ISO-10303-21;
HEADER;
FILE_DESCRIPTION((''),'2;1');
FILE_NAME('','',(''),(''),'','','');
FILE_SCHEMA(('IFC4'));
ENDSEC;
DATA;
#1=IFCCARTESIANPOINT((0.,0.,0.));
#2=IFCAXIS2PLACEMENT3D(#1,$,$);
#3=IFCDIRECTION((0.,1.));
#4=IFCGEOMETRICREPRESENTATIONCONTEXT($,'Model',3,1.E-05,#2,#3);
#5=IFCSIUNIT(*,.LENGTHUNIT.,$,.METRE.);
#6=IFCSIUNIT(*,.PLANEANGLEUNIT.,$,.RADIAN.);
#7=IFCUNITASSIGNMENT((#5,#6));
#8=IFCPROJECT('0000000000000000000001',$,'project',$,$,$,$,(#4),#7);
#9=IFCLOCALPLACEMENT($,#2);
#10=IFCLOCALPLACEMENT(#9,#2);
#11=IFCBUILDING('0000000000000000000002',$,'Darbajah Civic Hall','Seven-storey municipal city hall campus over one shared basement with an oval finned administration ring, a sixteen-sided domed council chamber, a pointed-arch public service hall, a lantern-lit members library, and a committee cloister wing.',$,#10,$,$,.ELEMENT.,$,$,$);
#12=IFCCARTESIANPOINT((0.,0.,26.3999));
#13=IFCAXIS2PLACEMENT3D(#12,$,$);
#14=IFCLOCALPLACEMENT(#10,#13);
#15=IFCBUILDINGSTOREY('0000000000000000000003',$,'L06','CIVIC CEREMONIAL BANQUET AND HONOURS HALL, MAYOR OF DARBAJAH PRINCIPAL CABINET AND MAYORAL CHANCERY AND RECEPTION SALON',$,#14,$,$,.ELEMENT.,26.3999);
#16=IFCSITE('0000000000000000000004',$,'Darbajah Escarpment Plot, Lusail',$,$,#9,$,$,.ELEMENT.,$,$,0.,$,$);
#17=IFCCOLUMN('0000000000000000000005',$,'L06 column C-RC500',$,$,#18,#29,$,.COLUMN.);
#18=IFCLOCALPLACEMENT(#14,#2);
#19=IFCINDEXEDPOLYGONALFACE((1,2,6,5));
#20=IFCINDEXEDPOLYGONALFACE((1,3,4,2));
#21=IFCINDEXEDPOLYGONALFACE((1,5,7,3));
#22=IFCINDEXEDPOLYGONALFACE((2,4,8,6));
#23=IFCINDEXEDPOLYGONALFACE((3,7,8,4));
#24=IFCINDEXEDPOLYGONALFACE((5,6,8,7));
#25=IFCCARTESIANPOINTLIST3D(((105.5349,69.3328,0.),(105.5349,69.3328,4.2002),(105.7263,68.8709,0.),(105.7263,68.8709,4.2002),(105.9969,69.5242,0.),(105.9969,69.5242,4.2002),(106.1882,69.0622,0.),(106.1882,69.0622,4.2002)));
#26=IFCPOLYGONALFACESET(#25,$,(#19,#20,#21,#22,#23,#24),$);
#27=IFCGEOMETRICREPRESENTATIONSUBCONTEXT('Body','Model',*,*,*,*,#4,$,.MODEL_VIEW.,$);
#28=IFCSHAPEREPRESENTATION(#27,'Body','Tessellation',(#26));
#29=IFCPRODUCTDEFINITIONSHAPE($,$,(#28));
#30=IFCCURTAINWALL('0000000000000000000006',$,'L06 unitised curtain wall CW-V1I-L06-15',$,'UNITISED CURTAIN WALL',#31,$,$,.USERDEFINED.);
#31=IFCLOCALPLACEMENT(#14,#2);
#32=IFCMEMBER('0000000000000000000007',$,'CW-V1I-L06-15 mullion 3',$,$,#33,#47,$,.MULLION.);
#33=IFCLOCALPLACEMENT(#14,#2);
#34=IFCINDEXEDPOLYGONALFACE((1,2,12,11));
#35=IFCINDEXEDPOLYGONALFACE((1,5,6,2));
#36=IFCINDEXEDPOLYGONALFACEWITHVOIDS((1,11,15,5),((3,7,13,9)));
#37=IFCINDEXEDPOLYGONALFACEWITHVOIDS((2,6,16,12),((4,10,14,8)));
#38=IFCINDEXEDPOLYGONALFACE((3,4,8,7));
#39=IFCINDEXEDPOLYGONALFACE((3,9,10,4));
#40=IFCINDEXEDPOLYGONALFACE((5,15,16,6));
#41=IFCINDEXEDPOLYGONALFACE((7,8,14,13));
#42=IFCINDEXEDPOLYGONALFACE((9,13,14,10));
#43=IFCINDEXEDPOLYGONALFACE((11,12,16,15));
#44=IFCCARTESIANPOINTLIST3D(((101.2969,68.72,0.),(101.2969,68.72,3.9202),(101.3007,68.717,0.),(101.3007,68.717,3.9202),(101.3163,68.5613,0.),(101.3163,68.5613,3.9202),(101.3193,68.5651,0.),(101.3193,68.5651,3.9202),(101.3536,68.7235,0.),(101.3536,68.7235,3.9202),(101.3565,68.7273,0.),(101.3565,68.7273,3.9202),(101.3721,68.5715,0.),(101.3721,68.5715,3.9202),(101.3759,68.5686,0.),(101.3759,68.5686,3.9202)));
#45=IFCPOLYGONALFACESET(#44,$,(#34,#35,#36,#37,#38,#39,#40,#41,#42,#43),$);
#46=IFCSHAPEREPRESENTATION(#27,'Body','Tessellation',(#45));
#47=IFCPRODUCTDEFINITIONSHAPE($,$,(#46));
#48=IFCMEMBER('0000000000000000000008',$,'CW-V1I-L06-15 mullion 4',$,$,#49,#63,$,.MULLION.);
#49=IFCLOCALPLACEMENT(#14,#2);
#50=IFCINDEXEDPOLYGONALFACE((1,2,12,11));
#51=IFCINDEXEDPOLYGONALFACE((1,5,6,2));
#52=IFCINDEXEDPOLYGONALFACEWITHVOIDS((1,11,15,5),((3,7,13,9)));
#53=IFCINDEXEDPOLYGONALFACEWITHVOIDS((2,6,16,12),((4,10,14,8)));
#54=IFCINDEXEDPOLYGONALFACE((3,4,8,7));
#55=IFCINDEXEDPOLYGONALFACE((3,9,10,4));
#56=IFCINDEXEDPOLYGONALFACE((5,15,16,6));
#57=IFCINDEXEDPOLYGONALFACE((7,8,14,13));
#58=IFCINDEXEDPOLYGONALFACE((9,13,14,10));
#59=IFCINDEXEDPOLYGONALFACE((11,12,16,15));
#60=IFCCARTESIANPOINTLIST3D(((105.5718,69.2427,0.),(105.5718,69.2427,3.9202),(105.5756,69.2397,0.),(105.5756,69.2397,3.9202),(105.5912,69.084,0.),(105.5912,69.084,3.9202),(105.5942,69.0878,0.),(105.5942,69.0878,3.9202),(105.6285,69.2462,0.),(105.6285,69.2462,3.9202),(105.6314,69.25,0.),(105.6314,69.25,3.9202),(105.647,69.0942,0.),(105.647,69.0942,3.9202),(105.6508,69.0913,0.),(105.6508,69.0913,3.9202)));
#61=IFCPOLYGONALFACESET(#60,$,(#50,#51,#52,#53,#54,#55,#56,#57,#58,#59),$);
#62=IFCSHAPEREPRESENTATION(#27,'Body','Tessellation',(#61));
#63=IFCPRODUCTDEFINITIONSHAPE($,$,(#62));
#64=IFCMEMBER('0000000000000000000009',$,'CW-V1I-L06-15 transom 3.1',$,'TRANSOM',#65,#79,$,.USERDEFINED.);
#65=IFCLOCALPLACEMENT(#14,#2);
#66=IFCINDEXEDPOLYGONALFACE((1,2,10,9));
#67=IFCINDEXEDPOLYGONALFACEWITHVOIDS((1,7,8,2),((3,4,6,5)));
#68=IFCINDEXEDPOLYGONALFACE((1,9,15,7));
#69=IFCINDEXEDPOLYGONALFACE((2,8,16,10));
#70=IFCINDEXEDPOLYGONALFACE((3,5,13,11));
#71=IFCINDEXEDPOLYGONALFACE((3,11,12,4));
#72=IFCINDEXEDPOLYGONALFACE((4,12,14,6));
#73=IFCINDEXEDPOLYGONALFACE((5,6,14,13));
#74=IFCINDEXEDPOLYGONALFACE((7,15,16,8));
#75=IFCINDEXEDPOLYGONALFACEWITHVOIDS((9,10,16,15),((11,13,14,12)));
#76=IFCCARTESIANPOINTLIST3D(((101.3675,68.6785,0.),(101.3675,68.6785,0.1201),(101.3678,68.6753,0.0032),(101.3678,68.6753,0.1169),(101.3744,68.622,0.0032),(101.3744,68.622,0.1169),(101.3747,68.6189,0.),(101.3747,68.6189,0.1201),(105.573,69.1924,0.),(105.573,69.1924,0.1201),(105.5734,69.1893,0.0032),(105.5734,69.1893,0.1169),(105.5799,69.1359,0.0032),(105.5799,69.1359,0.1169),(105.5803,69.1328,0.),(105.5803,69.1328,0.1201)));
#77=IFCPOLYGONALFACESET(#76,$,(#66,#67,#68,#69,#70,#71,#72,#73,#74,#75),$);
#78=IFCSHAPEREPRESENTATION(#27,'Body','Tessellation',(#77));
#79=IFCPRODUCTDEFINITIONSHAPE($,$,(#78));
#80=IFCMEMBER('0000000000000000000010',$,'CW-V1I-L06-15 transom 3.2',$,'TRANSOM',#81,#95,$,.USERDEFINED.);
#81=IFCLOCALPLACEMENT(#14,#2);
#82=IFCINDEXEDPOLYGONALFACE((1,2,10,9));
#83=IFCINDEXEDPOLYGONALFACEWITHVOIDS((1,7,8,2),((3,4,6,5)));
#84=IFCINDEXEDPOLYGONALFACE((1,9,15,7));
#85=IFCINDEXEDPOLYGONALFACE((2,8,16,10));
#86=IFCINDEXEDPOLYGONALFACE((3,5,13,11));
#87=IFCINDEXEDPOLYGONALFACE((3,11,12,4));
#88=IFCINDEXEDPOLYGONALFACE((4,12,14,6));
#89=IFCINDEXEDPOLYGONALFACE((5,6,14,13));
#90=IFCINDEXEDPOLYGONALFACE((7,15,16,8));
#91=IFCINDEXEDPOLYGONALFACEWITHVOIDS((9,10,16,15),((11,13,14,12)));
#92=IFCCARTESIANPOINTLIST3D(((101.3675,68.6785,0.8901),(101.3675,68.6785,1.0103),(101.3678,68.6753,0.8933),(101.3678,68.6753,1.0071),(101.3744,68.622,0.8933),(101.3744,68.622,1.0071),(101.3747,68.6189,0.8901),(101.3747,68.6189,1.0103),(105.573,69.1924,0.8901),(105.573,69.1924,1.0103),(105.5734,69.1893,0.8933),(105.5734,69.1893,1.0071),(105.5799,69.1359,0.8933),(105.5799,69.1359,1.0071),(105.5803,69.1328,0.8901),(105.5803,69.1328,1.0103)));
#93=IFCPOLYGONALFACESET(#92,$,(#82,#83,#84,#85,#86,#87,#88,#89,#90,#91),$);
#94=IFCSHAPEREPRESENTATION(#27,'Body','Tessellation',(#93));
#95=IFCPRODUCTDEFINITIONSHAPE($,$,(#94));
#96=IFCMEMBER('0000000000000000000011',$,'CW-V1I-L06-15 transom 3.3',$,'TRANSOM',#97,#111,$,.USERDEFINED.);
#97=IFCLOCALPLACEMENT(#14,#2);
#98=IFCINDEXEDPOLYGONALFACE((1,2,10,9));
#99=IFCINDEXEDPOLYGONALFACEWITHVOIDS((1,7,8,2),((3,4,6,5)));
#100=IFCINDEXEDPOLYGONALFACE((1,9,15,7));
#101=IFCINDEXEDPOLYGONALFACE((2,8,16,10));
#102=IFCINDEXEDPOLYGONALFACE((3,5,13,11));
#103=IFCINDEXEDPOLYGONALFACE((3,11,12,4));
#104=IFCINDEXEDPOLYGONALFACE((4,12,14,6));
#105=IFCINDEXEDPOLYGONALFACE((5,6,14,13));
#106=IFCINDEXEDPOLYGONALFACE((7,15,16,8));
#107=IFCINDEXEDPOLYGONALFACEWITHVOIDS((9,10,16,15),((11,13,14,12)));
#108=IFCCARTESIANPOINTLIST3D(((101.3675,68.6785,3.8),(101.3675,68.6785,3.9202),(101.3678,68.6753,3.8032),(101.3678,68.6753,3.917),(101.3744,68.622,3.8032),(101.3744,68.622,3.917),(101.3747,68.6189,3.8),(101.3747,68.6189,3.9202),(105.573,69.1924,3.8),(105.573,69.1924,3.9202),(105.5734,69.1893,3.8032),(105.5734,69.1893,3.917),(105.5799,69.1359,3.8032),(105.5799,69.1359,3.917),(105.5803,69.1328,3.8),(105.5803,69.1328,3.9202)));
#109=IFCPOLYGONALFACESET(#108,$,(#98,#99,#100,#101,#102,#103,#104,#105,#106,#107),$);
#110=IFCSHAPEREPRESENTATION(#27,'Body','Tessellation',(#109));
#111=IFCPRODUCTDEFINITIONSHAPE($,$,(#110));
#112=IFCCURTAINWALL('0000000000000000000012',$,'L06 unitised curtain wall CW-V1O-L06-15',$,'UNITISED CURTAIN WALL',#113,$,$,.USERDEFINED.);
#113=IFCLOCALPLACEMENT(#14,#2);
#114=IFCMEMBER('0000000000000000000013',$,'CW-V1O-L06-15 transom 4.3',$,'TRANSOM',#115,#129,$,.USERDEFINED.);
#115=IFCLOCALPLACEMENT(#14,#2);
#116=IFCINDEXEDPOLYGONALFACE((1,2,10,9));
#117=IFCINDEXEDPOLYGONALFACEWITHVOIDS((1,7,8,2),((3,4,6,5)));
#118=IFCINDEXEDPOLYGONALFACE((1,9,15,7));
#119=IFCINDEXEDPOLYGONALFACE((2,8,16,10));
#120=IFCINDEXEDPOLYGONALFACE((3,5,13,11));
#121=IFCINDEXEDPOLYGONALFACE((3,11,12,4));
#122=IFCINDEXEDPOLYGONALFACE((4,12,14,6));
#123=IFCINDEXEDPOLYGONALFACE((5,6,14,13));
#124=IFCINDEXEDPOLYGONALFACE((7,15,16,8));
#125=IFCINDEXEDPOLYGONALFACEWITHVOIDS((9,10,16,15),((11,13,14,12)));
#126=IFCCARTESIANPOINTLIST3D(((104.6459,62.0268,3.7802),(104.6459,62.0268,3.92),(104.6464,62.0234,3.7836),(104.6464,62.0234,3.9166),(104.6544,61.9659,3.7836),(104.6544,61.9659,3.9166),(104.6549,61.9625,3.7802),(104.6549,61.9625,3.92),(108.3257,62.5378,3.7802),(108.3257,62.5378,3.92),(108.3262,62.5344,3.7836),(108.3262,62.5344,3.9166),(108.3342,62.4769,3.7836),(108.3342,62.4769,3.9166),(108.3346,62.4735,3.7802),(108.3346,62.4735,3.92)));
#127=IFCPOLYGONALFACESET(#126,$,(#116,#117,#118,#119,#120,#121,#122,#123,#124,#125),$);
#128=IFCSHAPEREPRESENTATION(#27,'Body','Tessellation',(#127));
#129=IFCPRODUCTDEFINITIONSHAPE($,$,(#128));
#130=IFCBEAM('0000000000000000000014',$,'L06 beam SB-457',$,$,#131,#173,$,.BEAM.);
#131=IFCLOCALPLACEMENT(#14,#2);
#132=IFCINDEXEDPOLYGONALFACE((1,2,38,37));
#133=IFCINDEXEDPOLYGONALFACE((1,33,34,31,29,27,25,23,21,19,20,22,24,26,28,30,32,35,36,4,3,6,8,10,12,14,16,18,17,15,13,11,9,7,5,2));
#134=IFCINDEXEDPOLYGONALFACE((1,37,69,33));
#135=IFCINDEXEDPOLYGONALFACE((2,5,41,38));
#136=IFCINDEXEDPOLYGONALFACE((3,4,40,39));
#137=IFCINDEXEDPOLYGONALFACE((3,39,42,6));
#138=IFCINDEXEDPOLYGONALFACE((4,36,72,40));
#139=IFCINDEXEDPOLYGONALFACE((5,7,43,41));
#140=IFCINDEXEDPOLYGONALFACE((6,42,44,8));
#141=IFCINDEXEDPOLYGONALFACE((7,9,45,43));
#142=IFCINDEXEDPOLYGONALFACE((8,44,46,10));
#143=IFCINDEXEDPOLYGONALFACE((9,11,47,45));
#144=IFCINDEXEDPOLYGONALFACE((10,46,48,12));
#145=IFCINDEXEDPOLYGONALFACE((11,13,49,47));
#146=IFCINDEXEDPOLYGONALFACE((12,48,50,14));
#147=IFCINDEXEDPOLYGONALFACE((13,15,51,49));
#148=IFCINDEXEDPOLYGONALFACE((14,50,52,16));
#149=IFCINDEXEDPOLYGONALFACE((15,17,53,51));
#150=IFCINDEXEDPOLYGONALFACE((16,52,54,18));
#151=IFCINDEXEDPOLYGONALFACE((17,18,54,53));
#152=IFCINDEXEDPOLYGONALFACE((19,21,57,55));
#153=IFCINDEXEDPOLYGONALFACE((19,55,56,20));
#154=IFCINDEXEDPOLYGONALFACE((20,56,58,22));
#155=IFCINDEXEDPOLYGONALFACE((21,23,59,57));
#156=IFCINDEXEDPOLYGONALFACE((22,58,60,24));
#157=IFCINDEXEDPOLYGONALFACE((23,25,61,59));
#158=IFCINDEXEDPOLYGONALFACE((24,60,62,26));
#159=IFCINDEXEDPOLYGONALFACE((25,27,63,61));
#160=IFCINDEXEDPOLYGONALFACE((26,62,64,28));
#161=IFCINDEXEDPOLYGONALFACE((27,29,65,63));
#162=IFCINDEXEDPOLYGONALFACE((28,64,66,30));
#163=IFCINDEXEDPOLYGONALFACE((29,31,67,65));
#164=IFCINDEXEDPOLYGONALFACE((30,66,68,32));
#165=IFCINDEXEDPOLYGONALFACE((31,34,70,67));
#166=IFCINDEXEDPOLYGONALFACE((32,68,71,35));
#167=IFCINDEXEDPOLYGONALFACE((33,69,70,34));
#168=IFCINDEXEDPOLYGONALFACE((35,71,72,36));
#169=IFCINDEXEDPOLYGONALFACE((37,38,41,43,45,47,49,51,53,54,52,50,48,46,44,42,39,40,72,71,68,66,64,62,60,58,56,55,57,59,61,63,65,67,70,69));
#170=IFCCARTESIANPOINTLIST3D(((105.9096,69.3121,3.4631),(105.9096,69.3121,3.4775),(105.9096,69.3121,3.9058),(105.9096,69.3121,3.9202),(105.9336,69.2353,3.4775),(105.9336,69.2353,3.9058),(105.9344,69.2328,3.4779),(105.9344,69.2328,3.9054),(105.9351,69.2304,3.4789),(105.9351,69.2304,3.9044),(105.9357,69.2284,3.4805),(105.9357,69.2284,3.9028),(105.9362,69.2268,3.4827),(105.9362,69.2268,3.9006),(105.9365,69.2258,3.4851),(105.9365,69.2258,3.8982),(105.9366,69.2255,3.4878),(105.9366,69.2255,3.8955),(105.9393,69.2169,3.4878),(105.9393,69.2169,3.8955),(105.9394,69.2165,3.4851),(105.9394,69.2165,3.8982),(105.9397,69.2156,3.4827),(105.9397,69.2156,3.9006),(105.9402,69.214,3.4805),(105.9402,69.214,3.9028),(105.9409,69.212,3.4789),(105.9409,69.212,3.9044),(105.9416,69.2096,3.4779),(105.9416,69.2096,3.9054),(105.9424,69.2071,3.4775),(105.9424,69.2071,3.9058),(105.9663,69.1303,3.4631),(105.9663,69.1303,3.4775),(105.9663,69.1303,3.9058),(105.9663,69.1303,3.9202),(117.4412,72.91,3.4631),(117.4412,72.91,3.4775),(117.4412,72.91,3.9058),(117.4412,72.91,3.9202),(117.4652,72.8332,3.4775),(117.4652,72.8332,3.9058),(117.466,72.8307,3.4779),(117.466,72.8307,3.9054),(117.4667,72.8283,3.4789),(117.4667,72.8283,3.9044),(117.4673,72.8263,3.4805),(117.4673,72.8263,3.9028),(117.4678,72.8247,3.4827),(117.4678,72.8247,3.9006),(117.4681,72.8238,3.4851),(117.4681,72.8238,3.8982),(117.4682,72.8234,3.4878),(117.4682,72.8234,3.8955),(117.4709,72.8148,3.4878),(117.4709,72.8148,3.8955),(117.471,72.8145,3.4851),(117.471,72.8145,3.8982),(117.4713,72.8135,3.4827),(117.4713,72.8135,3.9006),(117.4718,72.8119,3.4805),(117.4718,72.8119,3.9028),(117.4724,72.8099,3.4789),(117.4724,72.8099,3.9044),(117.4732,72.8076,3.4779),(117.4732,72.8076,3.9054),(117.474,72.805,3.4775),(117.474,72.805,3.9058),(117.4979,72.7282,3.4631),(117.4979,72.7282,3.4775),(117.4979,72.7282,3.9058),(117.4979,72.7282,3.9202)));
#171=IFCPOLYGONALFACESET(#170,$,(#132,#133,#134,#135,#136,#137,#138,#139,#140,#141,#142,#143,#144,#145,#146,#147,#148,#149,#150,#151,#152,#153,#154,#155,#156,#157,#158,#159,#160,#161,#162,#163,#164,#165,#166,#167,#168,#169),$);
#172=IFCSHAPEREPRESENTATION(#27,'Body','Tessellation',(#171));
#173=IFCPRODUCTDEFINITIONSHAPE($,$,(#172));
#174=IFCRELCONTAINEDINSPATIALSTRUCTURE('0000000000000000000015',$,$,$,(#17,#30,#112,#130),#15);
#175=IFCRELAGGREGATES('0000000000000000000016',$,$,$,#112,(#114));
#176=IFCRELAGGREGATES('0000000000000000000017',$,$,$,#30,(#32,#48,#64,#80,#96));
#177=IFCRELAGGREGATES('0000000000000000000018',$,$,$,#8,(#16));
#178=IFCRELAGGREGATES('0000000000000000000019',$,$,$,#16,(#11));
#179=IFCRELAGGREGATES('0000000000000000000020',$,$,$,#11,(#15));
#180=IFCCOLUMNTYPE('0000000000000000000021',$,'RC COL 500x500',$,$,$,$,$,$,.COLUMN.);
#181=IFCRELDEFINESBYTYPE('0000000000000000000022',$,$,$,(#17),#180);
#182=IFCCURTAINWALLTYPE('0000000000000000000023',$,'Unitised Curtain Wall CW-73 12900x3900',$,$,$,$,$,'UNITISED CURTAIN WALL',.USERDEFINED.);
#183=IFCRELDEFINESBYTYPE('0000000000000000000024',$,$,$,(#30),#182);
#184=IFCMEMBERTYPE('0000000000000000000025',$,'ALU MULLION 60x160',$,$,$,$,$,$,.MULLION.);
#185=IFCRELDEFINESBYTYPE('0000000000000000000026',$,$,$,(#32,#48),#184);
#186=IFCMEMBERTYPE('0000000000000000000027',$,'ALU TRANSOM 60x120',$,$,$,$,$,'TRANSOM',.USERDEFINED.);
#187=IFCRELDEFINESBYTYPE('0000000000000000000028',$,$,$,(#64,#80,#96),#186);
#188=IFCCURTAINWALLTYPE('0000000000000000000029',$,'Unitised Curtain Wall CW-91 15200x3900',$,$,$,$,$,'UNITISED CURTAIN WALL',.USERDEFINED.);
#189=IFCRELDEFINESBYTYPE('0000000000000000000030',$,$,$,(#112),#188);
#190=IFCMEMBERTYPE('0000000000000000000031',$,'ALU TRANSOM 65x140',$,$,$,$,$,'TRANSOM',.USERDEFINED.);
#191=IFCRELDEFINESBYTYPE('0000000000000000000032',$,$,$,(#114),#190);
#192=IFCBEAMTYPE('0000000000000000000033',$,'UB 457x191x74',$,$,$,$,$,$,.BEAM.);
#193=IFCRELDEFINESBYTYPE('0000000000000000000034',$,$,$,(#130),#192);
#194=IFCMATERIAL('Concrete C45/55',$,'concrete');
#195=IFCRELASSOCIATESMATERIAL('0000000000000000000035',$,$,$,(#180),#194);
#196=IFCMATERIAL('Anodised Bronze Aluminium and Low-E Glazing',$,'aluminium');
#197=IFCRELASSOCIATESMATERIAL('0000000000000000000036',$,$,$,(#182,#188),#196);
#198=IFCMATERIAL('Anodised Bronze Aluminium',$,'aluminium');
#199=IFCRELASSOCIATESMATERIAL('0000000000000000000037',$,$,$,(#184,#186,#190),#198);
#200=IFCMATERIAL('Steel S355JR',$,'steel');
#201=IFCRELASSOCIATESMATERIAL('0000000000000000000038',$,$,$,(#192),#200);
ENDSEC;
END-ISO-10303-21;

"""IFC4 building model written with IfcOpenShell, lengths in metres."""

from ifc_helpers import new_model, si_unit, direction, frame, origin, origin_2d, place, context, subcontext, project, spatial, rectangle, hollow_rectangle, i_section, extrude, material, material_profile, profile_set, type_object, element, aggregate, save


model = new_model("IFC4")

# Units and contexts
model_context = context("Model", 3, precision=1e-05, world=origin(), true_north=direction((0.0, 1.0)))
body_context = subcontext(model_context, "Body", "Model", "MODEL_VIEW")
ifc_project = project(units=[si_unit("LENGTHUNIT", "METRE"), si_unit("PLANEANGLEUNIT", "RADIAN")], contexts=[model_context])

# Site, building, storey
site_placement = place(None, origin())
site = spatial("IfcSite", under=ifc_project, at=site_placement, Name="Darbajah Escarpment Plot, Lusail", CompositionType="ELEMENT", RefElevation=0.0)
building_placement = place(site_placement, origin())
building = spatial("IfcBuilding", under=site, at=building_placement, Name="Darbajah Civic Hall", Description="Seven-storey municipal city hall campus over one shared basement with an oval finned administration ring, a sixteen-sided domed council chamber, a pointed-arch public service hall, a lantern-lit members library, and a committee cloister wing.", CompositionType="ELEMENT")
storey_placement = place(building_placement, frame((0.0, 0.0, 26.3999)))
storey = spatial("IfcBuildingStorey", under=building, at=storey_placement, Name="L06", Description="CIVIC CEREMONIAL BANQUET AND HONOURS HALL, MAYOR OF DARBAJAH PRINCIPAL CABINET AND MAYORAL CHANCERY AND RECEPTION SALON", CompositionType="ELEMENT", Elevation=26.3999)

# Column
ifc_material_1 = material(Name="Concrete C45/55", Category="concrete")
ifc_material_profile_1 = material_profile(ifc_material_1, rectangle(XDim=0.5, YDim=0.5, at=origin_2d()), Name="RC COL 500x500")
ifc_profile_set_1 = profile_set([ifc_material_profile_1], Name="Concrete C45/55")
column_type = type_object("IfcColumnType", Name="RC COL 500x500", PredefinedType="COLUMN", material=ifc_profile_set_1)
column_placement = place(storey_placement, frame((105.8616, 69.1975, 0.0), z_axis=(0.0, 0.0, 1.0), x_axis=(0.382683, -0.92388, 0.0)))
element("IfcColumn", 1, at=column_placement, inside=storey, type_object=column_type, Name="L06 column C-RC500", PredefinedType="COLUMN", context=body_context, shape_type="SweptSolid", body=[
    extrude(rectangle(XDim=0.5, YDim=0.5, at=origin_2d()), origin(), (0.0, 0.0, 1.0), 4.2002),
])

# Curtain wall, members
ifc_material_2 = material(Name="Anodised Bronze Aluminium and Low-E Glazing", Category="aluminium")
curtain_wall_type_1 = type_object("IfcCurtainWallType", Name="Unitised Curtain Wall CW-73 12900x3900", ElementType="UNITISED CURTAIN WALL", PredefinedType="USERDEFINED", material=ifc_material_2)
curtain_wall_1_placement = place(storey_placement, origin())
curtain_wall_1 = element("IfcCurtainWall", 2, at=curtain_wall_1_placement, inside=storey, type_object=curtain_wall_type_1, Name="L06 unitised curtain wall CW-V1I-L06-15", ObjectType="UNITISED CURTAIN WALL", PredefinedType="USERDEFINED")
ifc_material_3 = material(Name="Anodised Bronze Aluminium", Category="aluminium")
ifc_material_profile_2 = material_profile(ifc_material_3, hollow_rectangle(XDim=0.0601, YDim=0.1599, WallThickness=0.0034, at=origin_2d()), Name="ALU MULLION 60x160")
ifc_profile_set_2 = profile_set([ifc_material_profile_2], Name="Anodised Bronze Aluminium")
member_type_1 = type_object("IfcMemberType", Name="ALU MULLION 60x160", PredefinedType="MULLION", material=ifc_profile_set_2)
member_1_placement = place(storey_placement, frame((101.3364, 68.6443, 0.0), z_axis=(0.0, 0.0, 1.0), x_axis=(0.99261, 0.12135, 0.0)))
member_1 = element("IfcMember", 3, at=member_1_placement, type_object=member_type_1, Name="CW-V1I-L06-15 mullion 3", PredefinedType="MULLION", context=body_context, shape_type="SweptSolid", body=[
    extrude(hollow_rectangle(XDim=0.0601, YDim=0.1599, WallThickness=0.0034, at=origin_2d()), origin(), (0.0, 0.0, 1.0), 3.9202),
])
member_2_placement = place(storey_placement, frame((105.6113, 69.167, 0.0), z_axis=(0.0, 0.0, 1.0), x_axis=(0.99261, 0.12135, 0.0)))
member_2 = element("IfcMember", 4, at=member_2_placement, type_object=member_type_1, Name="CW-V1I-L06-15 mullion 4", PredefinedType="MULLION", context=body_context, shape_type="SweptSolid", body=[
    extrude(hollow_rectangle(XDim=0.0601, YDim=0.1599, WallThickness=0.0034, at=origin_2d()), origin(), (0.0, 0.0, 1.0), 3.9202),
])
ifc_material_profile_3 = material_profile(ifc_material_3, hollow_rectangle(XDim=0.0601, YDim=0.1201, WallThickness=0.0032, at=origin_2d()), Name="ALU TRANSOM 60x120")
ifc_profile_set_3 = profile_set([ifc_material_profile_3], Name="Anodised Bronze Aluminium")
member_type_2 = type_object("IfcMemberType", Name="ALU TRANSOM 60x120", ElementType="TRANSOM", PredefinedType="USERDEFINED", material=ifc_profile_set_3)
member_3_placement = place(storey_placement, frame((101.3711, 68.6487, 0.0601), z_axis=(0.992616, 0.121297, 0.0), x_axis=(-0.121297, 0.992616, 0.0)))
member_3 = element("IfcMember", 5, at=member_3_placement, type_object=member_type_2, Name="CW-V1I-L06-15 transom 3.1", ObjectType="TRANSOM", PredefinedType="USERDEFINED", context=body_context, shape_type="SweptSolid", body=[
    extrude(hollow_rectangle(XDim=0.0601, YDim=0.1201, WallThickness=0.0032, at=origin_2d()), origin(), (0.0, 0.0, 1.0), 4.2368),
])
member_4_placement = place(storey_placement, frame((101.3711, 68.6487, 0.9502), z_axis=(0.992616, 0.121297, 0.0), x_axis=(-0.121297, 0.992616, 0.0)))
member_4 = element("IfcMember", 6, at=member_4_placement, type_object=member_type_2, Name="CW-V1I-L06-15 transom 3.2", ObjectType="TRANSOM", PredefinedType="USERDEFINED", context=body_context, shape_type="SweptSolid", body=[
    extrude(hollow_rectangle(XDim=0.0601, YDim=0.1201, WallThickness=0.0032, at=origin_2d()), origin(), (0.0, 0.0, 1.0), 4.2368),
])
member_5_placement = place(storey_placement, frame((101.3711, 68.6487, 3.8601), z_axis=(0.992616, 0.121297, 0.0), x_axis=(-0.121297, 0.992616, 0.0)))
member_5 = element("IfcMember", 7, at=member_5_placement, type_object=member_type_2, Name="CW-V1I-L06-15 transom 3.3", ObjectType="TRANSOM", PredefinedType="USERDEFINED", context=body_context, shape_type="SweptSolid", body=[
    extrude(hollow_rectangle(XDim=0.0601, YDim=0.1201, WallThickness=0.0032, at=origin_2d()), origin(), (0.0, 0.0, 1.0), 4.2368),
])

# Curtain wall, member
curtain_wall_type_2 = type_object("IfcCurtainWallType", Name="Unitised Curtain Wall CW-91 15200x3900", ElementType="UNITISED CURTAIN WALL", PredefinedType="USERDEFINED", material=ifc_material_2)
curtain_wall_2_placement = place(storey_placement, origin())
curtain_wall_2 = element("IfcCurtainWall", 8, at=curtain_wall_2_placement, inside=storey, type_object=curtain_wall_type_2, Name="L06 unitised curtain wall CW-V1O-L06-15", ObjectType="UNITISED CURTAIN WALL", PredefinedType="USERDEFINED")
ifc_material_profile_4 = material_profile(ifc_material_3, hollow_rectangle(XDim=0.0649, YDim=0.1399, WallThickness=0.0034, at=origin_2d()), Name="ALU TRANSOM 65x140")
ifc_profile_set_4 = profile_set([ifc_material_profile_4], Name="Anodised Bronze Aluminium")
member_type_3 = type_object("IfcMemberType", Name="ALU TRANSOM 65x140", ElementType="TRANSOM", PredefinedType="USERDEFINED", material=ifc_profile_set_4)
member_6_placement = place(storey_placement, frame((104.6504, 61.9946, 3.8501), z_axis=(0.990495, 0.137547, 0.0), x_axis=(-0.137547, 0.990495, 0.0)))
member_6 = element("IfcMember", 9, at=member_6_placement, type_object=member_type_3, Name="CW-V1O-L06-15 transom 4.3", ObjectType="TRANSOM", PredefinedType="USERDEFINED", context=body_context, shape_type="SweptSolid", body=[
    extrude(hollow_rectangle(XDim=0.0649, YDim=0.1399, WallThickness=0.0034, at=origin_2d()), origin(), (0.0, 0.0, 1.0), 3.7151),
])
aggregate(curtain_wall_2, [member_6])

# Beam
ifc_material_4 = material(Name="Steel S355JR", Category="steel")
ifc_material_profile_5 = material_profile(ifc_material_4, i_section(OverallWidth=0.1904, OverallDepth=0.457, WebThickness=0.009, FlangeThickness=0.0144, FilletRadius=0.0103, at=origin_2d()), Name="UB 457x191x74")
ifc_profile_set_5 = profile_set([ifc_material_profile_5], Name="Steel S355JR")
beam_type_1 = type_object("IfcBeamType", Name="UB 457x191x74", PredefinedType="BEAM", material=ifc_profile_set_5)
beam_1_placement = place(storey_placement, frame((105.938, 69.2212, 3.6917), z_axis=(0.954614, 0.297846, 0.0), x_axis=(-0.297846, 0.954614, 0.0)))
element("IfcBeam", 10, at=beam_1_placement, inside=storey, type_object=beam_type_1, Name="L06 beam SB-457", PredefinedType="BEAM", context=body_context, shape_type="SweptSolid", body=[
    extrude(i_section(OverallWidth=0.1904, OverallDepth=0.457, WebThickness=0.009, FlangeThickness=0.0144, FilletRadius=0.0103, at=origin_2d()), origin(), (0.0, 0.0, 1.0), 12.0798),
])

aggregate(curtain_wall_1, [member_1, member_2, member_3, member_4, member_5])

save(model, "model.ifc")
